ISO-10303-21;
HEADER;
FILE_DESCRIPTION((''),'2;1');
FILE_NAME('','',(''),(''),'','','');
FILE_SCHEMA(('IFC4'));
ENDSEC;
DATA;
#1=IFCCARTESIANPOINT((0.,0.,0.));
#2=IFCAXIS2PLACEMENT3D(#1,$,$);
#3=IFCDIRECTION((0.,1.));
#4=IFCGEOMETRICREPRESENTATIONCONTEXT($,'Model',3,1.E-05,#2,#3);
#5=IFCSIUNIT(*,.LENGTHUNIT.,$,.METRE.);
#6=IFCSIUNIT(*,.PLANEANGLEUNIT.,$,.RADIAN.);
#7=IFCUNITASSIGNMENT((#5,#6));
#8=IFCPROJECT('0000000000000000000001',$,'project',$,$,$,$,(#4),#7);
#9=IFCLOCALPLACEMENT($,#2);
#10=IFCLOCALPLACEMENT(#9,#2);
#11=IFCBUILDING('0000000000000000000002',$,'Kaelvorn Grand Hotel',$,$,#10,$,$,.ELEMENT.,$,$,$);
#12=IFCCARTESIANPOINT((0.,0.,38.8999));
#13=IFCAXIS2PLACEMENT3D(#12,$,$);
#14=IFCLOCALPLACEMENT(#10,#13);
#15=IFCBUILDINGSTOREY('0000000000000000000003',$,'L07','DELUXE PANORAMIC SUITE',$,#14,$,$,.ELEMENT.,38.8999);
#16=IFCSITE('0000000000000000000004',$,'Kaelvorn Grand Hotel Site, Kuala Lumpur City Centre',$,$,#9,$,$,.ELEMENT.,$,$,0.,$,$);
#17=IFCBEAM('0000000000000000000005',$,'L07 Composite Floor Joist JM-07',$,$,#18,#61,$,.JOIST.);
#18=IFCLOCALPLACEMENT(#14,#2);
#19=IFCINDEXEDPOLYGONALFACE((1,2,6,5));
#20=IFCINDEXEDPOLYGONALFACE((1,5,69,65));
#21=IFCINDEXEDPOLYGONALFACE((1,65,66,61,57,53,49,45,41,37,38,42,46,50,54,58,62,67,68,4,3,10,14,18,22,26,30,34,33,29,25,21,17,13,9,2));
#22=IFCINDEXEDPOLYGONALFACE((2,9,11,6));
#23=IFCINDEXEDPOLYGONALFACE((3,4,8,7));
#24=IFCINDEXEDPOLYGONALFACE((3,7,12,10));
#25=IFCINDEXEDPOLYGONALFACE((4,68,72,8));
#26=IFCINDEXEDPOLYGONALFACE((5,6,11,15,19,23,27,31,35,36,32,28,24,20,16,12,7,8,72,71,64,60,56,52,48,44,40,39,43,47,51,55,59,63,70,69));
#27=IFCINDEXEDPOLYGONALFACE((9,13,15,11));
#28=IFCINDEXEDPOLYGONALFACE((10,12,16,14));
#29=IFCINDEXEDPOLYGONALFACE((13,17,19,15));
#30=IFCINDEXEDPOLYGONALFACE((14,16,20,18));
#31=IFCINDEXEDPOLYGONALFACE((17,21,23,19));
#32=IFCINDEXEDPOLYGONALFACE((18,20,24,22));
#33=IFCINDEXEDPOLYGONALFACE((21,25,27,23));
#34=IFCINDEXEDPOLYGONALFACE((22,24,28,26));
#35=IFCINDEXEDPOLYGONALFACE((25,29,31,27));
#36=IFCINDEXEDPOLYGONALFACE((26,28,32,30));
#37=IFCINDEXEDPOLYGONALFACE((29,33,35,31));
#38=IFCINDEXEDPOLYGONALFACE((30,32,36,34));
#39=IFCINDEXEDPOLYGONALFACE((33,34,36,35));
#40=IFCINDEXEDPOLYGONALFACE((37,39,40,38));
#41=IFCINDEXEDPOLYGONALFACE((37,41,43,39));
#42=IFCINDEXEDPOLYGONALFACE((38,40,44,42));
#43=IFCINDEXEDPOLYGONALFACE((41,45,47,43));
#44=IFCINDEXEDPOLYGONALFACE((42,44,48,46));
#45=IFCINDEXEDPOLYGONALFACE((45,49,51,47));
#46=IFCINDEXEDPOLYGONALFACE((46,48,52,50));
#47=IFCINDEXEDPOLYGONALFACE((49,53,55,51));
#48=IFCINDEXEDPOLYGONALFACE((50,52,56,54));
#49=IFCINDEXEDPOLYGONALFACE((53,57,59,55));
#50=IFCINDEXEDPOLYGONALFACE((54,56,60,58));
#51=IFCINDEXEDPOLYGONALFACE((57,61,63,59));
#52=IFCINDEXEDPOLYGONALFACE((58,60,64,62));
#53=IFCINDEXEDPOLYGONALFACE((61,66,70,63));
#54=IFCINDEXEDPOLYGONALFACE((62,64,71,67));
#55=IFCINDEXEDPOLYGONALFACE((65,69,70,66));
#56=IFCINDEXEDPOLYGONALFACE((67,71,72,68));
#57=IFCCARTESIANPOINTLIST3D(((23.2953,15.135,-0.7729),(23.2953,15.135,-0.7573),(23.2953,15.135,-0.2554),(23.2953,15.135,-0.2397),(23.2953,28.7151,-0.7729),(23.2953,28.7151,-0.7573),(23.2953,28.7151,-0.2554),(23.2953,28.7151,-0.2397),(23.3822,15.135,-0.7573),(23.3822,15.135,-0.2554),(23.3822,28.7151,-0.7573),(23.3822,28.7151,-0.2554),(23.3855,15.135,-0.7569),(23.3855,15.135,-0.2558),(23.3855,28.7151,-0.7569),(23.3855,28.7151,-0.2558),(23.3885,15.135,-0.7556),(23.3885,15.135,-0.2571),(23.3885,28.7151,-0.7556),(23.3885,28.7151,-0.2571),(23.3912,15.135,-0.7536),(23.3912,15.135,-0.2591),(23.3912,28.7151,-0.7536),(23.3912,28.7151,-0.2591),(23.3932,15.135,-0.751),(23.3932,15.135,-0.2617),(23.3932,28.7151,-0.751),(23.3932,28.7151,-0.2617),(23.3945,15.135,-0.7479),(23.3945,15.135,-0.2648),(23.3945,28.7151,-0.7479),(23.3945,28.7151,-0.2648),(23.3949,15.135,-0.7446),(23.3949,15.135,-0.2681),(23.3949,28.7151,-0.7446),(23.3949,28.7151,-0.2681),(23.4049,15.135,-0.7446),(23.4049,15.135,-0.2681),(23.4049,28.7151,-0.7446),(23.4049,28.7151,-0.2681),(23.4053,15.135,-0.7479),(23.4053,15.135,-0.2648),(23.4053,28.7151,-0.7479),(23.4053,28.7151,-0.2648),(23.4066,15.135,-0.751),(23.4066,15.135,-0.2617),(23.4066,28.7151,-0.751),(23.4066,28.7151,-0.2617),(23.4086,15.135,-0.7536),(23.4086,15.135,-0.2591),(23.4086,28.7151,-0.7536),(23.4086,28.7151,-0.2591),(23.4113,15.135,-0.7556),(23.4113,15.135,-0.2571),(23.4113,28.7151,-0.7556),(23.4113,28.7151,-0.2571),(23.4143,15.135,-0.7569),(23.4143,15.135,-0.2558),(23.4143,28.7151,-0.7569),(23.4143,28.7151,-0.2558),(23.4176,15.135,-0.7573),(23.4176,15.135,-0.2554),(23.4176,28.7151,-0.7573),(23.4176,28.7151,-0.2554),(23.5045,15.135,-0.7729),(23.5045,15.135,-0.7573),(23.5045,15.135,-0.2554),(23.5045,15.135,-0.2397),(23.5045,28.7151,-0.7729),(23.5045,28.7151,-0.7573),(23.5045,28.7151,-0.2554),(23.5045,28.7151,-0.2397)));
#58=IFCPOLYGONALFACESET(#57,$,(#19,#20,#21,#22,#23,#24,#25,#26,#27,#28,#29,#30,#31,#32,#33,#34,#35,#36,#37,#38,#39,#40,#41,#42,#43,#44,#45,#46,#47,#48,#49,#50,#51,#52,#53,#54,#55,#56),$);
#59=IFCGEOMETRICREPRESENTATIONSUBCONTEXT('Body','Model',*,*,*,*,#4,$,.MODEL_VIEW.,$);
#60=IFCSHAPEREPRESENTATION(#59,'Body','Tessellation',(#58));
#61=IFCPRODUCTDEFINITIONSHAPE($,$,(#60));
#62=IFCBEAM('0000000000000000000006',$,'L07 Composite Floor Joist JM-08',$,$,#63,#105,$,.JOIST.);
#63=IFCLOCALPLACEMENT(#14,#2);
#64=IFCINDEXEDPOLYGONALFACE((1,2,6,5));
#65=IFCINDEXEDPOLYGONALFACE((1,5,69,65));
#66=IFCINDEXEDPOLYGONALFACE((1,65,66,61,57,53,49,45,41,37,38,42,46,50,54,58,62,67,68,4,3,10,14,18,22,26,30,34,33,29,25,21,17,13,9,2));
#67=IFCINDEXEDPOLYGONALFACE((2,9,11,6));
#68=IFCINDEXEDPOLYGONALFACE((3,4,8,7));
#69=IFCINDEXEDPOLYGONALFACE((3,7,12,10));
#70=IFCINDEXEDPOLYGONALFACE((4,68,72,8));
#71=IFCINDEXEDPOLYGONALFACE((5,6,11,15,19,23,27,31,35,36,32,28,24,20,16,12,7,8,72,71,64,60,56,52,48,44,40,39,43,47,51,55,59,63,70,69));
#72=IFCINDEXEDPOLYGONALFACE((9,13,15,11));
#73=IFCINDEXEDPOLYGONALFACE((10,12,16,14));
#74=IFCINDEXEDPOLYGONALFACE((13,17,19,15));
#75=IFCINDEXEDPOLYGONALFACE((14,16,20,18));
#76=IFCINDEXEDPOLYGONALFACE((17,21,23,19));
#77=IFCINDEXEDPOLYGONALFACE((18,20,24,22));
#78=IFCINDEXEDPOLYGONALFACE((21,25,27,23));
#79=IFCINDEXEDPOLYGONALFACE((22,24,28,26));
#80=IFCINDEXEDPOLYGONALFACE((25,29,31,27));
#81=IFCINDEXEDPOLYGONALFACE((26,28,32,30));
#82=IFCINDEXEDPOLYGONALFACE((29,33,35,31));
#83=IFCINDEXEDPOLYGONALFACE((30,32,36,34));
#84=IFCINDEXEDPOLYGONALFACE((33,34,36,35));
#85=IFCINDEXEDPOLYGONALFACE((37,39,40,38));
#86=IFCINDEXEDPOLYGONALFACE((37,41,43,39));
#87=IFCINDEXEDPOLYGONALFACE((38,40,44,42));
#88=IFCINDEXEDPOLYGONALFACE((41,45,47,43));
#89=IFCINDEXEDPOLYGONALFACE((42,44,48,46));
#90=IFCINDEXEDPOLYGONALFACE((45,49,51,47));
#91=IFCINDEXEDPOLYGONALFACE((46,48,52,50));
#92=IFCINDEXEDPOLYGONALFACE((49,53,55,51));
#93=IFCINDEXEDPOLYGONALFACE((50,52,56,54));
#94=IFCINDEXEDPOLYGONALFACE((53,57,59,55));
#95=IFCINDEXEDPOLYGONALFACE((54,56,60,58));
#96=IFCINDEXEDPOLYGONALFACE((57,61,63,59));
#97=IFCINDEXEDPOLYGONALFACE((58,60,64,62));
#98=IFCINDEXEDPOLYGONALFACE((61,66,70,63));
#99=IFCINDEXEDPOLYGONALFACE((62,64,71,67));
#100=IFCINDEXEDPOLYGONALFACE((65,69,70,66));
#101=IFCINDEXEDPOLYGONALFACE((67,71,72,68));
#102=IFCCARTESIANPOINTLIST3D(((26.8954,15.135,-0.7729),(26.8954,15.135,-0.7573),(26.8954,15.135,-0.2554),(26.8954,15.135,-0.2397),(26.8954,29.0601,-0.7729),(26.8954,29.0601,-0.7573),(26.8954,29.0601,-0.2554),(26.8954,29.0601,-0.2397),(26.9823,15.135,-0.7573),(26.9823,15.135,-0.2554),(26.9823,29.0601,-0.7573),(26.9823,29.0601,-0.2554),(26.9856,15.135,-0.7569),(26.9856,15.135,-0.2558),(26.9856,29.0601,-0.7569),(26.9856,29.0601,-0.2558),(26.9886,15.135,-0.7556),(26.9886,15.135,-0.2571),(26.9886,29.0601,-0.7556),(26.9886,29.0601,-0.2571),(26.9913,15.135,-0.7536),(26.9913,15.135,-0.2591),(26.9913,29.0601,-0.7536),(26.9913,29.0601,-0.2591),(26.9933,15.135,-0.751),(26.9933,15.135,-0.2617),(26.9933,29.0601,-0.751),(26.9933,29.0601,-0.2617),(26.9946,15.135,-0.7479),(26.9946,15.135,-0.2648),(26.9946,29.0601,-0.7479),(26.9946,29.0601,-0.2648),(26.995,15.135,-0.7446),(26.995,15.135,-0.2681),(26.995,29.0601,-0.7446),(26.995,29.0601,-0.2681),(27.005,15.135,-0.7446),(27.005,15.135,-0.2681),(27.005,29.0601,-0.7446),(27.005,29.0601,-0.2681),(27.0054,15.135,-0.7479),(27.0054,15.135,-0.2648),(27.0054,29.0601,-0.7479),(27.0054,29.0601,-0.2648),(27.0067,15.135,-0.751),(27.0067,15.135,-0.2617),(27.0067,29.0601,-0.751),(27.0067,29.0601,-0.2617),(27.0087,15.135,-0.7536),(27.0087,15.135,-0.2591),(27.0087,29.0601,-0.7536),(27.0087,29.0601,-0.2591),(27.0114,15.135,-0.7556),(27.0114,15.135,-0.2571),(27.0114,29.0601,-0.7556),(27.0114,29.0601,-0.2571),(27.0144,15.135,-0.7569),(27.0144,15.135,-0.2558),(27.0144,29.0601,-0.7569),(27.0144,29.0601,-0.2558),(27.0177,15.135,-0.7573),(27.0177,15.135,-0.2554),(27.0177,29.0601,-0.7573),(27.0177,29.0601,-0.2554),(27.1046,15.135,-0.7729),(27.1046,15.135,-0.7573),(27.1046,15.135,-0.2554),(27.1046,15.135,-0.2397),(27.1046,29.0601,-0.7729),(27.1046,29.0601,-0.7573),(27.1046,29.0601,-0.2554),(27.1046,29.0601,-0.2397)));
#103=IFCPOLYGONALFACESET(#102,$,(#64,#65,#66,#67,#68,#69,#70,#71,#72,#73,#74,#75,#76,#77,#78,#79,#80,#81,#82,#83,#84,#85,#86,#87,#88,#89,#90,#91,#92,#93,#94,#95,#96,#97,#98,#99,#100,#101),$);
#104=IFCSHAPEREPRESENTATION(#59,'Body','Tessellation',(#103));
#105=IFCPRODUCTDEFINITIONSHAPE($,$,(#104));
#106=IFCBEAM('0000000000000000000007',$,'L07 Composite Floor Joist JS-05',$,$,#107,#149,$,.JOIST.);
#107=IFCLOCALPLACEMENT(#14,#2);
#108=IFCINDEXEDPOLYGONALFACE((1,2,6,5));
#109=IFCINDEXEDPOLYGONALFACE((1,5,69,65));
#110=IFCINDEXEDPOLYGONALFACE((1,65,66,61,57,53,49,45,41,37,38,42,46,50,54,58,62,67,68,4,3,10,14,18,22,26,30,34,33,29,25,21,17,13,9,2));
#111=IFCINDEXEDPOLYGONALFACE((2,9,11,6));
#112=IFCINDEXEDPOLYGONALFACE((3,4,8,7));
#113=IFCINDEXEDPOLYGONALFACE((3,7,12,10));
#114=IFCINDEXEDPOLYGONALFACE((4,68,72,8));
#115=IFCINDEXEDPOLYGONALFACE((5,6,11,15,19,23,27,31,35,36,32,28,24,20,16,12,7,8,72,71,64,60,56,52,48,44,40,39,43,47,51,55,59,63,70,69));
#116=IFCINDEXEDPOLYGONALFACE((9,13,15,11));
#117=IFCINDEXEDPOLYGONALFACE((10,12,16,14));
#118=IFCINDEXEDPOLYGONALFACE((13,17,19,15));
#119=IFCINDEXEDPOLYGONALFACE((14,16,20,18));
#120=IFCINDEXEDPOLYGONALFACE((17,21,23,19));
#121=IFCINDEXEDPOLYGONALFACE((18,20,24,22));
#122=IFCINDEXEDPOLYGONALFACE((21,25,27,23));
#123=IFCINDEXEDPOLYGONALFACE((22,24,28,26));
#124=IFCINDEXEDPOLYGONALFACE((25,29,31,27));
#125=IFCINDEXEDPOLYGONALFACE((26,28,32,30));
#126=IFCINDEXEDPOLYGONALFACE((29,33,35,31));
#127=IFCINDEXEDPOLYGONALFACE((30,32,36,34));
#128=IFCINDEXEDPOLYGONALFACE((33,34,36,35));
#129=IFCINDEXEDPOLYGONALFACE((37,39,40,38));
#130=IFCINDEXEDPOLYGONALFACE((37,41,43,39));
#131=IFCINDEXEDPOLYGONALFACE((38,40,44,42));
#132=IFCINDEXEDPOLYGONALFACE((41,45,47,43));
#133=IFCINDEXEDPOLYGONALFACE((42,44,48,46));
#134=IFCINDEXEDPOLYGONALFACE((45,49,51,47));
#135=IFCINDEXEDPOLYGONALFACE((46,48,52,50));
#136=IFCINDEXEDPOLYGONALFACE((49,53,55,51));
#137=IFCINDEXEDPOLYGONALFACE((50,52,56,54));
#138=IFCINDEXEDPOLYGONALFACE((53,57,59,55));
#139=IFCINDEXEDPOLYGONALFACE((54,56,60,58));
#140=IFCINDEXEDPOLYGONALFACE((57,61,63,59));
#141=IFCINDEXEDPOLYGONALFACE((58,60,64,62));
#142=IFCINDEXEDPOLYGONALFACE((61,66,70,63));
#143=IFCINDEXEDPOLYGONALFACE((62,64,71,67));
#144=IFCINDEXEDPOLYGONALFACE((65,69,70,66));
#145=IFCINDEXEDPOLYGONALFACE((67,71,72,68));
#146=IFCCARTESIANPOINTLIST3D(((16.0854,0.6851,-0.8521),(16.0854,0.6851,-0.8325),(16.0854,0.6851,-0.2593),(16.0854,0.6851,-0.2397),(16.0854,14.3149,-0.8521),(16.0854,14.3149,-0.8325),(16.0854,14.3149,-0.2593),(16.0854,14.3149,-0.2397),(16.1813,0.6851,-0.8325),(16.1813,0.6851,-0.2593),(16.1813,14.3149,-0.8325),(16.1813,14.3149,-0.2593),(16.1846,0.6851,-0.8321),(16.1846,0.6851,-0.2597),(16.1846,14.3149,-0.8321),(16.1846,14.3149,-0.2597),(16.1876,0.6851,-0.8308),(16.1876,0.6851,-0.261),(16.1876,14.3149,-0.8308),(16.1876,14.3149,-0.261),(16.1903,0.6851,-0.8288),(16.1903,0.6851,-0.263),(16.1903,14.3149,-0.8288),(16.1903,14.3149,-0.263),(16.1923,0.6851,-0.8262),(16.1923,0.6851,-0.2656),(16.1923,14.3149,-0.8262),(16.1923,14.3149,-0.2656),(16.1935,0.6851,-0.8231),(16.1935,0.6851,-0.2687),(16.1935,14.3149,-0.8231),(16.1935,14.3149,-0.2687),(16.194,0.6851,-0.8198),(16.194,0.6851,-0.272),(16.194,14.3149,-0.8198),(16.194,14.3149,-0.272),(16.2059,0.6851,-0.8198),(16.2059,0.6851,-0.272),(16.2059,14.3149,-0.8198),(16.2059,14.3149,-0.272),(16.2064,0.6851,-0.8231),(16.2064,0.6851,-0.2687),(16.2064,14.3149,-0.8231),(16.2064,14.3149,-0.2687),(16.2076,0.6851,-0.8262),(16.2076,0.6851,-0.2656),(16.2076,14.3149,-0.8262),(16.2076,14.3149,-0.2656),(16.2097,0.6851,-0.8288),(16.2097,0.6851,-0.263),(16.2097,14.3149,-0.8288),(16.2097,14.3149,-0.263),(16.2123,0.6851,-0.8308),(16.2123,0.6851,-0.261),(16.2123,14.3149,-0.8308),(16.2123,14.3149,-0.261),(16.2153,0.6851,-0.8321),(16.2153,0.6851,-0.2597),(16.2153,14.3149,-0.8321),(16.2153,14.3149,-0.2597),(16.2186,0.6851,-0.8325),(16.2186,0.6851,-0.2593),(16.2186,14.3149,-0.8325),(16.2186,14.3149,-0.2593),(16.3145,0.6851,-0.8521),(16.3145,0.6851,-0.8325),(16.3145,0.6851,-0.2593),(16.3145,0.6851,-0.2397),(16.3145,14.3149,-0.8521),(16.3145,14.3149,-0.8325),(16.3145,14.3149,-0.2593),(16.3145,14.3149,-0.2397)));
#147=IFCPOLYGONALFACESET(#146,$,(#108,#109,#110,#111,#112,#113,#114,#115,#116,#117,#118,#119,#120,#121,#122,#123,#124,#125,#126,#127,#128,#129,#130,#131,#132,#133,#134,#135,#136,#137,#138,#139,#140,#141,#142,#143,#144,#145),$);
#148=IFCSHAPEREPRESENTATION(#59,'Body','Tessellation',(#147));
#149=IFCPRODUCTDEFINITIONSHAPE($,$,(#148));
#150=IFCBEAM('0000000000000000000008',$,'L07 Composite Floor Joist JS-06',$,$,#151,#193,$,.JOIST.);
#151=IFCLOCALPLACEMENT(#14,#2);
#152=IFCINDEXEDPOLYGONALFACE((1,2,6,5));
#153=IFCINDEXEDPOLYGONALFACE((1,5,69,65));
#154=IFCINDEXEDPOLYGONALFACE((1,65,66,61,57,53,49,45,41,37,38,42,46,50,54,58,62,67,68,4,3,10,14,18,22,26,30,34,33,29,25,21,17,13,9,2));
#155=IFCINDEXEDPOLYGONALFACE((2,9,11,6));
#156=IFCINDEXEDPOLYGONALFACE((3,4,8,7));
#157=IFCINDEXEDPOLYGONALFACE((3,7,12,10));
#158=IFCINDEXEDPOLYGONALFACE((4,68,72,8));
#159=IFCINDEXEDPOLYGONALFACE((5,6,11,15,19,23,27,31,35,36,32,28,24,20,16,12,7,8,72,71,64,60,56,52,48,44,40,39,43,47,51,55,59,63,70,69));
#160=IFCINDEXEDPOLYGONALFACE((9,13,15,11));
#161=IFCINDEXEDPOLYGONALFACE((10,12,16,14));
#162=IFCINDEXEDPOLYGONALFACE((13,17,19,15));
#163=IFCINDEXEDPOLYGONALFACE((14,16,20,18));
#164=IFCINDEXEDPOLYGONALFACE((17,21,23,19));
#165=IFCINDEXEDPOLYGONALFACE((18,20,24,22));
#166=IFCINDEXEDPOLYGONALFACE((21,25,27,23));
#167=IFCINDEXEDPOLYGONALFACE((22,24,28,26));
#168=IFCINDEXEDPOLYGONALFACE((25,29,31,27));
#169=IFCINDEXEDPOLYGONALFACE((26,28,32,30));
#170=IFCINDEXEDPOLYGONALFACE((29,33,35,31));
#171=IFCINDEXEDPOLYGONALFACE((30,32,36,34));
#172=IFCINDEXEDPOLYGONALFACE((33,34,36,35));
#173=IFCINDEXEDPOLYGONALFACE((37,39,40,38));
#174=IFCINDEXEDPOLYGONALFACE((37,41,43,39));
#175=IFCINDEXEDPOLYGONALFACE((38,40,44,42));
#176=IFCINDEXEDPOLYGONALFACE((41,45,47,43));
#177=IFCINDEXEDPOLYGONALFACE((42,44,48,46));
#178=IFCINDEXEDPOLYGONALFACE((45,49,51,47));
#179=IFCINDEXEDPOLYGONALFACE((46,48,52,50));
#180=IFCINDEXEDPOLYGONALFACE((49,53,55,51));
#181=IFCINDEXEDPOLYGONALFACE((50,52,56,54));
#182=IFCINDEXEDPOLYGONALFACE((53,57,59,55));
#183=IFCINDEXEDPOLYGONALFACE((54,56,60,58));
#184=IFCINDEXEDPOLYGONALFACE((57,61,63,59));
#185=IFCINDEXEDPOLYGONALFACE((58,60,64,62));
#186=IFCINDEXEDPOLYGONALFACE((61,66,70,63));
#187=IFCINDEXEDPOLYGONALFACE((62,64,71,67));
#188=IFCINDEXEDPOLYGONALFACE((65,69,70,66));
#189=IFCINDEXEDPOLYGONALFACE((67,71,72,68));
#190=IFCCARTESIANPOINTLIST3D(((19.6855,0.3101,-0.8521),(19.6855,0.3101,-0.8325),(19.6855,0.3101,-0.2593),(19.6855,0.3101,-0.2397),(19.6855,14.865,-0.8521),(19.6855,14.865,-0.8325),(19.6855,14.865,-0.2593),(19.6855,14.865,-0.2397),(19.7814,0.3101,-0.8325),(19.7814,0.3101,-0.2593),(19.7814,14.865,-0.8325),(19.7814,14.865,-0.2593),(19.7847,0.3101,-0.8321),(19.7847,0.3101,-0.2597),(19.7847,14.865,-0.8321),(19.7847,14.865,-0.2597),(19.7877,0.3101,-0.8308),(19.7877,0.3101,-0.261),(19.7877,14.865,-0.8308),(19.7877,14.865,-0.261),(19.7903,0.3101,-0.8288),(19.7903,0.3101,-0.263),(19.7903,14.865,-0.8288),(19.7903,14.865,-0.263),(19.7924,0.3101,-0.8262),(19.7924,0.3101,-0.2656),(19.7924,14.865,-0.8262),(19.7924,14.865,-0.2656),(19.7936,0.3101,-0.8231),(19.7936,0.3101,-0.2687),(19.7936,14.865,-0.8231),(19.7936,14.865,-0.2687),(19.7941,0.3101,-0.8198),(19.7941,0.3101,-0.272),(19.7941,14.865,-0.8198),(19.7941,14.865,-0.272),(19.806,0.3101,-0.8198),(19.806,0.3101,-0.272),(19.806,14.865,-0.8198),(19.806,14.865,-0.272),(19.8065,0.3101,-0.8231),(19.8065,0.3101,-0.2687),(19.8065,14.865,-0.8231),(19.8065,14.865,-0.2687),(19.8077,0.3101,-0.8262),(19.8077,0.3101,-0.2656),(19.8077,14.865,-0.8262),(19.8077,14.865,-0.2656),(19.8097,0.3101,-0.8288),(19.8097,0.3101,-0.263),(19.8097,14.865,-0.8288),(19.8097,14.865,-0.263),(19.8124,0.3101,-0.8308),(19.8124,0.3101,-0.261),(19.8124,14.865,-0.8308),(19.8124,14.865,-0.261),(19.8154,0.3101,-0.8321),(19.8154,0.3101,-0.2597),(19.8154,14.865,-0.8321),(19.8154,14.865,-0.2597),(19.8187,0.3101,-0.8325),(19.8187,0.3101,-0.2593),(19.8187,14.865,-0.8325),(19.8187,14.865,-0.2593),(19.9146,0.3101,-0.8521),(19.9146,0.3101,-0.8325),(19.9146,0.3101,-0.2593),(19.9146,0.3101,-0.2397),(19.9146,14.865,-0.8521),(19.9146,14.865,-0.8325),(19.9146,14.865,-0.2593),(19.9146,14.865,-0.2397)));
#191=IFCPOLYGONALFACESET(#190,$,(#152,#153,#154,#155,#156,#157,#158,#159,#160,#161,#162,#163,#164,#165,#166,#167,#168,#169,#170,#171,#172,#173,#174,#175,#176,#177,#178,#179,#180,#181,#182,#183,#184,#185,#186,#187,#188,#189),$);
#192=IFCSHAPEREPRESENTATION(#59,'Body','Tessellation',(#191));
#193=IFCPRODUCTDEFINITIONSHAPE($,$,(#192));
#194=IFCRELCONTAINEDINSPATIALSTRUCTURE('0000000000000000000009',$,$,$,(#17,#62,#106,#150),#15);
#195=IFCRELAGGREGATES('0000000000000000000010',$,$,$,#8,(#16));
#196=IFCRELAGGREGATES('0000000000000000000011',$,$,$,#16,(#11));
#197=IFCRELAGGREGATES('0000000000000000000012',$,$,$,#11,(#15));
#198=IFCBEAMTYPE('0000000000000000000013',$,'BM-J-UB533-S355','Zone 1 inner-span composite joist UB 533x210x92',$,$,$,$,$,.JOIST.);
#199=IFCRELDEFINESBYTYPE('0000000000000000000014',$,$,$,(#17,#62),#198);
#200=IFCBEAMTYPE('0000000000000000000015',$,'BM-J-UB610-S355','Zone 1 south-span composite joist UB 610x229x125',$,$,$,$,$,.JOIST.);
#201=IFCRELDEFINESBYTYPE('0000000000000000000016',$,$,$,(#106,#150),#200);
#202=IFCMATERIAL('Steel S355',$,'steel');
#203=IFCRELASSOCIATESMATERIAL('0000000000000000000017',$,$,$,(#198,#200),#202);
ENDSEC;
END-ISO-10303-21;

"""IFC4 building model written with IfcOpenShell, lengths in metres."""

from ifc_helpers import new_model, si_unit, direction, frame, origin, origin_2d, place, context, subcontext, project, spatial, i_section, extrude, material, material_profile, profile_set, type_object, element, save


model = new_model("IFC4")

# Units and contexts
model_context = context("Model", 3, precision=1e-05, world=origin(), true_north=direction((0.0, 1.0)))
body_context = subcontext(model_context, "Body", "Model", "MODEL_VIEW")
ifc_project = project(units=[si_unit("LENGTHUNIT", "METRE"), si_unit("PLANEANGLEUNIT", "RADIAN")], contexts=[model_context])

# Site, building, storey
site_placement = place(None, origin())
site = spatial("IfcSite", under=ifc_project, at=site_placement, Name="Kaelvorn Grand Hotel Site, Kuala Lumpur City Centre", CompositionType="ELEMENT", RefElevation=0.0)
building_placement = place(site_placement, origin())
building = spatial("IfcBuilding", under=site, at=building_placement, Name="Kaelvorn Grand Hotel", CompositionType="ELEMENT")
storey_placement = place(building_placement, frame((0.0, 0.0, 38.8999)))
storey = spatial("IfcBuildingStorey", under=building, at=storey_placement, Name="L07", Description="DELUXE PANORAMIC SUITE", CompositionType="ELEMENT", Elevation=38.8999)

# Beams
ifc_material_1 = material(Name="Steel S355", Category="steel")
ifc_material_profile_1 = material_profile(ifc_material_1, i_section(OverallWidth=0.2092, OverallDepth=0.5332, WebThickness=0.01, FlangeThickness=0.0156, FilletRadius=0.0127, at=origin_2d()), Name="UB 533x210x92")
ifc_profile_set_1 = profile_set([ifc_material_profile_1], Name="Steel S355")
beam_type_1 = type_object("IfcBeamType", Name="BM-J-UB533-S355", Description="Zone 1 inner-span composite joist UB 533x210x92", PredefinedType="JOIST", material=ifc_profile_set_1)
beam_1_placement = place(storey_placement, frame((23.3999, 15.135, -0.5063), z_axis=(0.0, 1.0, 0.0), x_axis=(-1.0, 0.0, 0.0)))
element("IfcBeam", 1, at=beam_1_placement, inside=storey, type_object=beam_type_1, Name="L07 Composite Floor Joist JM-07", PredefinedType="JOIST", context=body_context, shape_type="SweptSolid", body=[
    extrude(i_section(OverallWidth=0.2092, OverallDepth=0.5332, WebThickness=0.01, FlangeThickness=0.0156, FilletRadius=0.0127, at=origin_2d()), origin(), (0.0, 0.0, 1.0), 13.5801),
])
beam_2_placement = place(storey_placement, frame((27.0, 15.135, -0.5063), z_axis=(0.0, 1.0, 0.0), x_axis=(-1.0, 0.0, 0.0)))
element("IfcBeam", 2, at=beam_2_placement, inside=storey, type_object=beam_type_1, Name="L07 Composite Floor Joist JM-08", PredefinedType="JOIST", context=body_context, shape_type="SweptSolid", body=[
    extrude(i_section(OverallWidth=0.2092, OverallDepth=0.5332, WebThickness=0.01, FlangeThickness=0.0156, FilletRadius=0.0127, at=origin_2d()), origin(), (0.0, 0.0, 1.0), 13.925),
])
ifc_material_profile_2 = material_profile(ifc_material_1, i_section(OverallWidth=0.229, OverallDepth=0.6123, WebThickness=0.012, FlangeThickness=0.0195, FilletRadius=0.0127, at=origin_2d()), Name="UB 610x229x125")
ifc_profile_set_2 = profile_set([ifc_material_profile_2], Name="Steel S355")
beam_type_2 = type_object("IfcBeamType", Name="BM-J-UB610-S355", Description="Zone 1 south-span composite joist UB 610x229x125", PredefinedType="JOIST", material=ifc_profile_set_2)
beam_3_placement = place(storey_placement, frame((16.2, 0.6851, -0.5459), z_axis=(0.0, 1.0, 0.0), x_axis=(-1.0, 0.0, 0.0)))
element("IfcBeam", 3, at=beam_3_placement, inside=storey, type_object=beam_type_2, Name="L07 Composite Floor Joist JS-05", PredefinedType="JOIST", context=body_context, shape_type="SweptSolid", body=[
    extrude(i_section(OverallWidth=0.229, OverallDepth=0.6123, WebThickness=0.012, FlangeThickness=0.0195, FilletRadius=0.0127, at=origin_2d()), origin(), (0.0, 0.0, 1.0), 13.6299),
])
beam_4_placement = place(storey_placement, frame((19.8, 0.3101, -0.5459), z_axis=(0.0, 1.0, 0.0), x_axis=(-1.0, 0.0, 0.0)))
element("IfcBeam", 4, at=beam_4_placement, inside=storey, type_object=beam_type_2, Name="L07 Composite Floor Joist JS-06", PredefinedType="JOIST", context=body_context, shape_type="SweptSolid", body=[
    extrude(i_section(OverallWidth=0.229, OverallDepth=0.6123, WebThickness=0.012, FlangeThickness=0.0195, FilletRadius=0.0127, at=origin_2d()), origin(), (0.0, 0.0, 1.0), 14.5549),
])

save(model, "model.ifc")
